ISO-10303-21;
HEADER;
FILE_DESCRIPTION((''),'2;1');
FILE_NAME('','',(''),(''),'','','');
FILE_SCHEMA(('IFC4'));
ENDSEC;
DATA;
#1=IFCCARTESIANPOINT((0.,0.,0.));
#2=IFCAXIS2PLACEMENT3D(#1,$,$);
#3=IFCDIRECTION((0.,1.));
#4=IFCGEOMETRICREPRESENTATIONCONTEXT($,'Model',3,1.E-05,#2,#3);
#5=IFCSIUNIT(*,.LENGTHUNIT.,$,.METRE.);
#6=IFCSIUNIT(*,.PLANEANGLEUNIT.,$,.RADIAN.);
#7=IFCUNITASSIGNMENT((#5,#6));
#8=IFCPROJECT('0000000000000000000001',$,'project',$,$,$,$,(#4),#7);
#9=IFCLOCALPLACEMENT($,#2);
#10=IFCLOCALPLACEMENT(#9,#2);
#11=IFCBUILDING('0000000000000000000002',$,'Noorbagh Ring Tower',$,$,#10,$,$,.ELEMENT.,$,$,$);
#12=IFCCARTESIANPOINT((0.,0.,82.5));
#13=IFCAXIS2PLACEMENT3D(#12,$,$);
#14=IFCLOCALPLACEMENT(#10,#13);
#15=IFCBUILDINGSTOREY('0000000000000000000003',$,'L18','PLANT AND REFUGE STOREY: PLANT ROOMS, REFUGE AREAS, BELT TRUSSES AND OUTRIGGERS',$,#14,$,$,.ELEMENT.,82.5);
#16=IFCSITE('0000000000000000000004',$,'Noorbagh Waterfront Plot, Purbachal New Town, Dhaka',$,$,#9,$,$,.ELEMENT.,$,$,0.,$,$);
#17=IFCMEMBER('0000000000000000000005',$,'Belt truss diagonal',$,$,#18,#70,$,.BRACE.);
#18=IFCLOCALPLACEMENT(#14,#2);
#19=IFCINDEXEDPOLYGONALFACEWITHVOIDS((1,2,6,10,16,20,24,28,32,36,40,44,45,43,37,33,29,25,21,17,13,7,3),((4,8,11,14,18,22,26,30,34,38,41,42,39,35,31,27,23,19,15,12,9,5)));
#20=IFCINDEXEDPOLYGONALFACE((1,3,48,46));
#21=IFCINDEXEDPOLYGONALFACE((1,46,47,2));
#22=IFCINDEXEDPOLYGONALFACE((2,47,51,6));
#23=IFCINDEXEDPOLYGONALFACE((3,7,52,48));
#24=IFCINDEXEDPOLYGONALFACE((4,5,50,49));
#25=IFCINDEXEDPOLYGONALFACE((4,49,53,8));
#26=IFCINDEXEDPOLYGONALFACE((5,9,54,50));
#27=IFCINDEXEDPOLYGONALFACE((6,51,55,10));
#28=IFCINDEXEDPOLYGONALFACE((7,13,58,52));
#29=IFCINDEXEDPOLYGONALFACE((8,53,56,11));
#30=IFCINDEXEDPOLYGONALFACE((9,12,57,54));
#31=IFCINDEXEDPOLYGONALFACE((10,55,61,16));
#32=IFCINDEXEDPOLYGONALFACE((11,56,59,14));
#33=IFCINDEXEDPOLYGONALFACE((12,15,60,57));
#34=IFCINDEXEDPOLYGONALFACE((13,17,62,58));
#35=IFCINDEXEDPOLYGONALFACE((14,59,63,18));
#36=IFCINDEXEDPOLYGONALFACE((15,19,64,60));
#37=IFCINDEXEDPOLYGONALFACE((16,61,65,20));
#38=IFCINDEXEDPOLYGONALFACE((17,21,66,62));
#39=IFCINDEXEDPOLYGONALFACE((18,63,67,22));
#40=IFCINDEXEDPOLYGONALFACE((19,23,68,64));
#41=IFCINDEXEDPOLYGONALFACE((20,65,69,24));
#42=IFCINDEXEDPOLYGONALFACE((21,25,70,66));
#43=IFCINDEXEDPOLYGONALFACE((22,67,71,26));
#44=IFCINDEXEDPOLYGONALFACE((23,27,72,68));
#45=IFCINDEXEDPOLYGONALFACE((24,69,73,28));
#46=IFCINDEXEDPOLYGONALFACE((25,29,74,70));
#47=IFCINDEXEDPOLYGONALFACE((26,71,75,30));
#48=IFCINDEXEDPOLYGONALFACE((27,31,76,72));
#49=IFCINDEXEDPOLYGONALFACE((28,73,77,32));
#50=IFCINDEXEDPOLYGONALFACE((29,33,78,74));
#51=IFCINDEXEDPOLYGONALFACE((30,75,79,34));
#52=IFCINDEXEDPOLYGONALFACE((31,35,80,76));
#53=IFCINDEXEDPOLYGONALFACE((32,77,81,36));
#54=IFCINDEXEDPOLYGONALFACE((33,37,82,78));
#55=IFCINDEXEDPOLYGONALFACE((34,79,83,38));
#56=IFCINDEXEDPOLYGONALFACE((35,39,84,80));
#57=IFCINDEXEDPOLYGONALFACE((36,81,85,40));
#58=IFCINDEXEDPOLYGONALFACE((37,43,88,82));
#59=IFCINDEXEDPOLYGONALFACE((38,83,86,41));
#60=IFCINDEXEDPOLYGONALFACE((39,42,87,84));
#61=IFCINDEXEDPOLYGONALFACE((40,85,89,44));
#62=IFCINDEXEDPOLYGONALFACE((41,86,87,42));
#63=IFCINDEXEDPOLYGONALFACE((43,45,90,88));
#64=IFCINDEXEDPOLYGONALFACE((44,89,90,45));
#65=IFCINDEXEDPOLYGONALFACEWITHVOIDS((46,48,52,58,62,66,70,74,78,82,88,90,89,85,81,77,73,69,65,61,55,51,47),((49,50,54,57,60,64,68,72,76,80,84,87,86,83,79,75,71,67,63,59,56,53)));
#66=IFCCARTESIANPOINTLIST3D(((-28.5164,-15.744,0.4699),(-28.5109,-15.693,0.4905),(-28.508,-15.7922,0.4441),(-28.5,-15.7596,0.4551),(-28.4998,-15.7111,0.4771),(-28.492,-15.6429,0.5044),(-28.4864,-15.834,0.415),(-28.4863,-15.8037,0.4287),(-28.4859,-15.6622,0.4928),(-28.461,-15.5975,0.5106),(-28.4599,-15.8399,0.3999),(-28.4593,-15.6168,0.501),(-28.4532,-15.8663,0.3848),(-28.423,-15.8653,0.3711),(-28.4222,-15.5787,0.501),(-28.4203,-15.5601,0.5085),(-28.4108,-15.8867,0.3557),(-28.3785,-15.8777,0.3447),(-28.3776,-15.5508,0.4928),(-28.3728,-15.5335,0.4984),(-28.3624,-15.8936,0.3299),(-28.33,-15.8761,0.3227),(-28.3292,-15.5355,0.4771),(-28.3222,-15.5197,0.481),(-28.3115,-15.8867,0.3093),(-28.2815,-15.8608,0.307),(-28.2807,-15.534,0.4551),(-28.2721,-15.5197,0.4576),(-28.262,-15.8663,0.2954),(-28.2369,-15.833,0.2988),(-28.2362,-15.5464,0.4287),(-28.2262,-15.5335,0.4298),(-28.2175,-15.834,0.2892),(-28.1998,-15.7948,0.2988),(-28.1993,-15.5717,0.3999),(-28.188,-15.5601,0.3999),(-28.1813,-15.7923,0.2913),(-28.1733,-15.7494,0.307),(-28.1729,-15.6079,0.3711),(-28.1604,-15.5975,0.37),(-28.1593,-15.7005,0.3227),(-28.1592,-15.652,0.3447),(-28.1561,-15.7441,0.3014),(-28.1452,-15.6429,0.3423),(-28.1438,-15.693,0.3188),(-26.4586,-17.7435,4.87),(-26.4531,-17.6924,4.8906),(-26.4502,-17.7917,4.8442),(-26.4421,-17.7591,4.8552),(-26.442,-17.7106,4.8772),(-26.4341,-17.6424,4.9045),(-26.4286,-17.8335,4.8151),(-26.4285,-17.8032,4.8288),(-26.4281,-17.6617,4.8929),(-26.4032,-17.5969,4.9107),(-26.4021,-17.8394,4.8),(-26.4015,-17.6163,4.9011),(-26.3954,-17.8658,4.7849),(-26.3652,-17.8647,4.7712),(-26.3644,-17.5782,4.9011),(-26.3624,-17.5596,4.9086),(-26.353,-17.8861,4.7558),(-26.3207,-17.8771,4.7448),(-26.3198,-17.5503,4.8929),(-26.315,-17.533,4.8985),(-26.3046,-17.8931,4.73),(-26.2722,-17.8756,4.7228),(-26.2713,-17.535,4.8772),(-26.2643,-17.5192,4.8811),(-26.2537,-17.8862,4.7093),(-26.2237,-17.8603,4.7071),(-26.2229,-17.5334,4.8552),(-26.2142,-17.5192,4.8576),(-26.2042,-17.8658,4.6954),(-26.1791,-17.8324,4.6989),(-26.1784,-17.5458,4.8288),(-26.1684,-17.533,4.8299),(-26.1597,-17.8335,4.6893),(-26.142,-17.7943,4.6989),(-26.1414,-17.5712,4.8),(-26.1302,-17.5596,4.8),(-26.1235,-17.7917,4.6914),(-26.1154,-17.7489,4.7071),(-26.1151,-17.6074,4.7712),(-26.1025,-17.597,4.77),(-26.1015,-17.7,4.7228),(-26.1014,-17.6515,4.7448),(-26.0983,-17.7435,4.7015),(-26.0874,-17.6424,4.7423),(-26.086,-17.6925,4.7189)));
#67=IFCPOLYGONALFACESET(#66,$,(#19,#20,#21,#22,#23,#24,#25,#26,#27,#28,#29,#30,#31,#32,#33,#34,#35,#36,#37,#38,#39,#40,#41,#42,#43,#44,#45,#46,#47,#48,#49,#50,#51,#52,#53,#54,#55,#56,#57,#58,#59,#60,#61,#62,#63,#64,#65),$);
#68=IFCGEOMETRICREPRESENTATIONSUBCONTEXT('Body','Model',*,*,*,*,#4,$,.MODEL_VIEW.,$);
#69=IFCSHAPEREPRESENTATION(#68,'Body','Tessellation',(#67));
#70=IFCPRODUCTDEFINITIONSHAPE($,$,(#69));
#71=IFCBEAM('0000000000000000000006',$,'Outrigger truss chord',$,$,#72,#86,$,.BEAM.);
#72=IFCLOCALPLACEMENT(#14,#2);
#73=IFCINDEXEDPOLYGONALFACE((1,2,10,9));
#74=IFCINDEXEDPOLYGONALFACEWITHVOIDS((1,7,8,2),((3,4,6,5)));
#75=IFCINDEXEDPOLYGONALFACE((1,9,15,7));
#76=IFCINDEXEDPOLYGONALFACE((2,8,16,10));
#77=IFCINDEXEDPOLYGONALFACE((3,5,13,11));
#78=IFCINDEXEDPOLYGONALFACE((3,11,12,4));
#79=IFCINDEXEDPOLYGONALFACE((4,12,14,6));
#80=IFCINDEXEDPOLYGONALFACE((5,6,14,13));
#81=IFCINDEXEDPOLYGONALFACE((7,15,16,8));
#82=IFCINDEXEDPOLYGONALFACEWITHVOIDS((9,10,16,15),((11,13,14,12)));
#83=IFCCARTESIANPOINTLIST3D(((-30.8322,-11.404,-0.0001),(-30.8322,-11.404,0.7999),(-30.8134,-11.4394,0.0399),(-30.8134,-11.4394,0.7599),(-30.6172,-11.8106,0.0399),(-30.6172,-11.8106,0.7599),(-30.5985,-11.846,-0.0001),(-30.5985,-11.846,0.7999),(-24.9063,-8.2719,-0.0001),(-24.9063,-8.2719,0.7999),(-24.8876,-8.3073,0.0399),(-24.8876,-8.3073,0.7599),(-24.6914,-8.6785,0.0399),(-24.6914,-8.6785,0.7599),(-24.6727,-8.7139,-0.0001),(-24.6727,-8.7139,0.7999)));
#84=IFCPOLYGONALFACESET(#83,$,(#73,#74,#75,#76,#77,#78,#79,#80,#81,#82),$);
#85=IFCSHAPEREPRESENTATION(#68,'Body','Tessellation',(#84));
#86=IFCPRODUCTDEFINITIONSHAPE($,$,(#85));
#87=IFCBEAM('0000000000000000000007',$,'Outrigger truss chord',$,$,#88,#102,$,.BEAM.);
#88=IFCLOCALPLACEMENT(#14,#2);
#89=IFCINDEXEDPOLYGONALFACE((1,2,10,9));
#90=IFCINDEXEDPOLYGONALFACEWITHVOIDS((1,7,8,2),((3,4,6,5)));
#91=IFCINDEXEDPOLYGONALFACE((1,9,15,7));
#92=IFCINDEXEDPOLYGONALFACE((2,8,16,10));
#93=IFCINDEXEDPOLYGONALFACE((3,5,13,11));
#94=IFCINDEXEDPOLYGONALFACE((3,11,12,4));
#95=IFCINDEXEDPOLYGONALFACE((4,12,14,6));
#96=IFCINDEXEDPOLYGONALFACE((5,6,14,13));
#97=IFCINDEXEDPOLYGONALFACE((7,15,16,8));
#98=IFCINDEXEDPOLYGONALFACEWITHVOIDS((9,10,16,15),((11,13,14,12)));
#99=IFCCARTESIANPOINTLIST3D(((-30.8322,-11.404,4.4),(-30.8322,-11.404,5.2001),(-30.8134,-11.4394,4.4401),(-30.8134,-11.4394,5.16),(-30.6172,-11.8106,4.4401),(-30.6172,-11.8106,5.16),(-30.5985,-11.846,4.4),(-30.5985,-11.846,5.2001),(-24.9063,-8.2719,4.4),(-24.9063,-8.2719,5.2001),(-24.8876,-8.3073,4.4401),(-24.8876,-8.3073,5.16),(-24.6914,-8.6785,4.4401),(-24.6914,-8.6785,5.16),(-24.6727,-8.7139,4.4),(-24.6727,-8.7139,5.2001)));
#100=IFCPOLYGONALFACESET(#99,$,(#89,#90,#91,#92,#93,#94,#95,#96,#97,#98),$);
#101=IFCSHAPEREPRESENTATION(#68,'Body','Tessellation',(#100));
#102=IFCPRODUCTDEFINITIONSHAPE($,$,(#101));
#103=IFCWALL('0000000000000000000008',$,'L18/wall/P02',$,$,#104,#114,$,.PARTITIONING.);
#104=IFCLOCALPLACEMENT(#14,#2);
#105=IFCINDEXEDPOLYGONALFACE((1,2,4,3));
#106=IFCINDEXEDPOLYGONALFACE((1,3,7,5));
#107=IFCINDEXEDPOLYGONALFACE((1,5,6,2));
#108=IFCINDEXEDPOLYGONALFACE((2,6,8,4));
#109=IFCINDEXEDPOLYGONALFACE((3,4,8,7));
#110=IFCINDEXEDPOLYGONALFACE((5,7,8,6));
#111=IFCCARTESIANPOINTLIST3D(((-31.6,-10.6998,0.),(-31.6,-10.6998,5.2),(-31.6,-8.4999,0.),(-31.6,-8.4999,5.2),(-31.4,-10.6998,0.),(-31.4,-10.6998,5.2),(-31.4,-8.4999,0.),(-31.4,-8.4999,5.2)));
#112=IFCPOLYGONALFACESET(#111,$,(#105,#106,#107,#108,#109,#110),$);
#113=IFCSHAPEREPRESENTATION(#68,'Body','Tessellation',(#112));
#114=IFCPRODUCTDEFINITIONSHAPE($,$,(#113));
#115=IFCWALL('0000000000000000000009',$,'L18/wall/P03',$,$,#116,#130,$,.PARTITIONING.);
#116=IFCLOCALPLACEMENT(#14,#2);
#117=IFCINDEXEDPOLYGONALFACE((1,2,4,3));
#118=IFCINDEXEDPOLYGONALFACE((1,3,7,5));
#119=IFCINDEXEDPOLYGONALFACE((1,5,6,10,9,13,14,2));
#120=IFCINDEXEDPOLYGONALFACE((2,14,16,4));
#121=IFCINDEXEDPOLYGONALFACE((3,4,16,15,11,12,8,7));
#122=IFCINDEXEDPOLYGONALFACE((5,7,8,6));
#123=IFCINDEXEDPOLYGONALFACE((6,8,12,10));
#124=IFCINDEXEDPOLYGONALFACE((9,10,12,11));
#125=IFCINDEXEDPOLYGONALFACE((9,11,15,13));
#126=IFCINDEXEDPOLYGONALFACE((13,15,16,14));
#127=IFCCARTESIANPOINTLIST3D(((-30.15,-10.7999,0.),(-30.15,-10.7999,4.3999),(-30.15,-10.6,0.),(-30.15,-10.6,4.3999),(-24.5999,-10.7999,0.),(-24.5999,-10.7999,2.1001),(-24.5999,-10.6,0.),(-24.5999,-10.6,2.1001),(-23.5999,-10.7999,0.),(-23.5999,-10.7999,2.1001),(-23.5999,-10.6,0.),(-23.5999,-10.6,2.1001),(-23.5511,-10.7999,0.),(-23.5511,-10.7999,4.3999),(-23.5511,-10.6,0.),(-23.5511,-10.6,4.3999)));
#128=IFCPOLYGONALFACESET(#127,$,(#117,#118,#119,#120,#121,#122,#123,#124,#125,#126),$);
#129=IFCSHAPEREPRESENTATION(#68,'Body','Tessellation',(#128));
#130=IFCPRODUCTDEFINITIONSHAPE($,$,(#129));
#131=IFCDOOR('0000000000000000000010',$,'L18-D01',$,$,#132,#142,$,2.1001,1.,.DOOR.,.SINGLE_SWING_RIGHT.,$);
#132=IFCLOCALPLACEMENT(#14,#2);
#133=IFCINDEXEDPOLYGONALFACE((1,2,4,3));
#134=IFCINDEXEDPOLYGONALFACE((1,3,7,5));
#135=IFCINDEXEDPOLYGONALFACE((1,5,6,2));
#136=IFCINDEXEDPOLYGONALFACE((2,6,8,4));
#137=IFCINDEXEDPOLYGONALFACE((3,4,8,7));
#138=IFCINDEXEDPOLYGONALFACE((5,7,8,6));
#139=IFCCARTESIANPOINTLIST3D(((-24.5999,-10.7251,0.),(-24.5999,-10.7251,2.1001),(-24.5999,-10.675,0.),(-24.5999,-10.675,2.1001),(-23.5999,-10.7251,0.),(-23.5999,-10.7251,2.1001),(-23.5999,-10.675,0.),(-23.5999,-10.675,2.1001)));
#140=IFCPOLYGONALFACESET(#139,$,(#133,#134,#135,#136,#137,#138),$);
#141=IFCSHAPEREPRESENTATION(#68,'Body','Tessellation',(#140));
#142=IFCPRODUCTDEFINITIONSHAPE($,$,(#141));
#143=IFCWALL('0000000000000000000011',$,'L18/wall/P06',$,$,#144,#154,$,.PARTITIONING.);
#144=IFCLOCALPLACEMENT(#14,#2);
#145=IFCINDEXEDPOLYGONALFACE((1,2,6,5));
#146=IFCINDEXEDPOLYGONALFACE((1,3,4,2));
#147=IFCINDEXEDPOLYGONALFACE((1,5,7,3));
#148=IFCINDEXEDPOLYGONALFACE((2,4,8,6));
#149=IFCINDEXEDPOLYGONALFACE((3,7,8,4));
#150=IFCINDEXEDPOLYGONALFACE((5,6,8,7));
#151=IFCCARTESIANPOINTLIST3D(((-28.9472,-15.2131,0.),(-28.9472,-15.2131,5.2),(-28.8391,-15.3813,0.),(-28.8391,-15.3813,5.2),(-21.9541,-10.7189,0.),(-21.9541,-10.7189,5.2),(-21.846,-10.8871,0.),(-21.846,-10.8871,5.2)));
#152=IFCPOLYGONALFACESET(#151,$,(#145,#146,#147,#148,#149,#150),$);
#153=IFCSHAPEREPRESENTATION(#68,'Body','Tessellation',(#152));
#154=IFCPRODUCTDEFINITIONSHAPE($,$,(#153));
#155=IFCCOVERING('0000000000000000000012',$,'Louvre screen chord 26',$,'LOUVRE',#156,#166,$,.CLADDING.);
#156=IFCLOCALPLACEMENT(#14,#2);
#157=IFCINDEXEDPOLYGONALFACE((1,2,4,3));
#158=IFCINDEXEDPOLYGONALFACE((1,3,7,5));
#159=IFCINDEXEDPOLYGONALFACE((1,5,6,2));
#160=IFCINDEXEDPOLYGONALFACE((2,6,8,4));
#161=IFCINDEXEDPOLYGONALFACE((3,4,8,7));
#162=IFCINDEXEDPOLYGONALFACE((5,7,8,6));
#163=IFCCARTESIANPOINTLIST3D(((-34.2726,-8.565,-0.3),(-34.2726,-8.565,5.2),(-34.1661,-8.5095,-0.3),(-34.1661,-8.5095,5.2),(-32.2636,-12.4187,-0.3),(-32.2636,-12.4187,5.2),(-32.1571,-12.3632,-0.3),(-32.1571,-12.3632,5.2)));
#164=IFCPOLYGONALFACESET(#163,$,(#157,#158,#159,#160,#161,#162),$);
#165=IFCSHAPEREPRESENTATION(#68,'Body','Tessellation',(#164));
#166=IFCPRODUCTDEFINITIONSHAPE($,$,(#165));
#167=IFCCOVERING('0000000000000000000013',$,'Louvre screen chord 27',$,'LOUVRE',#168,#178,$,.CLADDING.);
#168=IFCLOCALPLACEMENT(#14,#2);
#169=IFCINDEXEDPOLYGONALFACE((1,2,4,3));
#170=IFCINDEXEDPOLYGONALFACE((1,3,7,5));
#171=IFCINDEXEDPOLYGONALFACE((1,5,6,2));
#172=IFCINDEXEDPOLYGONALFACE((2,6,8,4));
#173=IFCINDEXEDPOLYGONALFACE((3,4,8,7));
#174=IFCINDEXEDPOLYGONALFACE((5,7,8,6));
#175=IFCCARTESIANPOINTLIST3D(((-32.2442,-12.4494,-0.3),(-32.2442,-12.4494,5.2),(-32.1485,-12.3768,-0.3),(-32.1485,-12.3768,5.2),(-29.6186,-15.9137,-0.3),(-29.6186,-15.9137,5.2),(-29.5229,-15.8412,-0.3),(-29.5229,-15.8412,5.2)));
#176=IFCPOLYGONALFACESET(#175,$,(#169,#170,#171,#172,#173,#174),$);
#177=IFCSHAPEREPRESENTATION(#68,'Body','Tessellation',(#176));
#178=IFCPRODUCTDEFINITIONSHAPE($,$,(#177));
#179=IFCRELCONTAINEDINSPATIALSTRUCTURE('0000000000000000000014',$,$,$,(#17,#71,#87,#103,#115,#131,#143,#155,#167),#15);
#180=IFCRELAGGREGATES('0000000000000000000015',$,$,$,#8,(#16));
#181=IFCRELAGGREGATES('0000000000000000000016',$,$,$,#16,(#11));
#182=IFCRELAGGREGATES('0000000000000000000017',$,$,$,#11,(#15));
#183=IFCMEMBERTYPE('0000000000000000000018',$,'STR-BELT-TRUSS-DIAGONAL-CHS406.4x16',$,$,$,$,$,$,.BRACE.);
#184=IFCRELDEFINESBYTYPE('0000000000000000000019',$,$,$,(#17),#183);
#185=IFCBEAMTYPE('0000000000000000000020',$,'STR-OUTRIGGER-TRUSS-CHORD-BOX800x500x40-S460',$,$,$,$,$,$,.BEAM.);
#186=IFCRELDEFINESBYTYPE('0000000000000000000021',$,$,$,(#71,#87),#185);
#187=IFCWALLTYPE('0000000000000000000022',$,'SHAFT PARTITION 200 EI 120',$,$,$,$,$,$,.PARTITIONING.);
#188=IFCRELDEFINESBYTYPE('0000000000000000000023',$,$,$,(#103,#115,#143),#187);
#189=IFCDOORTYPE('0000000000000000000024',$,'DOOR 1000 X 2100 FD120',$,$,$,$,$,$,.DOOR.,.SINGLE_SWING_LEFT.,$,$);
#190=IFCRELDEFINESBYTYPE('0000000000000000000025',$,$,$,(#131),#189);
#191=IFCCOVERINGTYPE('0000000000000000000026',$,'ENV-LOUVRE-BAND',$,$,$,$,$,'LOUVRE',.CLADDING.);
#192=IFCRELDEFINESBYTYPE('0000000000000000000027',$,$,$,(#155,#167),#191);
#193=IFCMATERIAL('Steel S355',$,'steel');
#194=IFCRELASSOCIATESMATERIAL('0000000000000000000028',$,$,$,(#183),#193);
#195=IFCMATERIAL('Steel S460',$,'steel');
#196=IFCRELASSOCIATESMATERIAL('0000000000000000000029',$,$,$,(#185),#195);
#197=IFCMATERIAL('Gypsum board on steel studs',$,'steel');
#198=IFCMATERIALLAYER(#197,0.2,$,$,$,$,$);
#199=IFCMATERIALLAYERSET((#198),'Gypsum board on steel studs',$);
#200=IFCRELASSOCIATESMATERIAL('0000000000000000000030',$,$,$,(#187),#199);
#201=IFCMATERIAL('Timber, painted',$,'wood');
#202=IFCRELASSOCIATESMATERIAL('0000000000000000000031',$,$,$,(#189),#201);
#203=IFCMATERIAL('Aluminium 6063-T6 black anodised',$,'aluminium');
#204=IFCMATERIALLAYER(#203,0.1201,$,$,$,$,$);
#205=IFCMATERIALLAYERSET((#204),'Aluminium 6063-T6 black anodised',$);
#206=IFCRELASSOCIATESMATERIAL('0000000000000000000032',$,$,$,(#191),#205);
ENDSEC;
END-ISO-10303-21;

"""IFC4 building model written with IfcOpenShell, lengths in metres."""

from ifc_helpers import new_model, si_unit, direction, frame, frame_2d, origin, origin_2d, place, context, subcontext, project, spatial, rectangle, hollow_rectangle, hollow_circle, extrude, material, layer, layer_set, material_profile, profile_set, type_object, element, fill, save


model = new_model("IFC4")

# Units and contexts
model_context = context("Model", 3, precision=1e-05, world=origin(), true_north=direction((0.0, 1.0)))
body_context = subcontext(model_context, "Body", "Model", "MODEL_VIEW")
ifc_project = project(units=[si_unit("LENGTHUNIT", "METRE"), si_unit("PLANEANGLEUNIT", "RADIAN")], contexts=[model_context])

# Site, building, storey
site_placement = place(None, origin())
site = spatial("IfcSite", under=ifc_project, at=site_placement, Name="Noorbagh Waterfront Plot, Purbachal New Town, Dhaka", CompositionType="ELEMENT", RefElevation=0.0)
building_placement = place(site_placement, origin())
building = spatial("IfcBuilding", under=site, at=building_placement, Name="Noorbagh Ring Tower", CompositionType="ELEMENT")
storey_placement = place(building_placement, frame((0.0, 0.0, 82.5)))
storey = spatial("IfcBuildingStorey", under=building, at=storey_placement, Name="L18", Description="PLANT AND REFUGE STOREY: PLANT ROOMS, REFUGE AREAS, BELT TRUSSES AND OUTRIGGERS", CompositionType="ELEMENT", Elevation=82.5)

# Member
ifc_material_1 = material(Name="Steel S355", Category="steel")
ifc_material_profile_1 = material_profile(ifc_material_1, hollow_circle(Radius=0.2031, WallThickness=0.0161, at=origin_2d()), Name="CHS406.4x16")
ifc_profile_set_1 = profile_set([ifc_material_profile_1], Name="Steel S355")
member_type = type_object("IfcMemberType", Name="STR-BELT-TRUSS-DIAGONAL-CHS406.4x16", PredefinedType="BRACE", material=ifc_profile_set_1)
member_1_placement = place(storey_placement, frame((-28.3296, -15.7058, 0.3999), z_axis=(0.391749, -0.380641, 0.837643), x_axis=(0.696866, 0.717202, 0.0)))
element("IfcMember", 1, at=member_1_placement, inside=storey, type_object=member_type, Name="Belt truss diagonal", PredefinedType="BRACE", context=body_context, shape_type="SweptSolid", body=[
    extrude(hollow_circle(Radius=0.2031, WallThickness=0.0161, at=origin_2d()), origin(), (0.0, 0.0, 1.0), 5.2529),
])

# Beams
ifc_material_2 = material(Name="Steel S460", Category="steel")
ifc_material_profile_2 = material_profile(ifc_material_2, hollow_rectangle(XDim=0.5, YDim=0.8, WallThickness=0.04, at=origin_2d()), Name="BOX800x500x40")
ifc_profile_set_2 = profile_set([ifc_material_profile_2], Name="Steel S460")
beam_type_1 = type_object("IfcBeamType", Name="STR-OUTRIGGER-TRUSS-CHORD-BOX800x500x40-S460", PredefinedType="BEAM", material=ifc_profile_set_2)
for number, where, z_axis, x_axis, name in (
    (2, (-30.7153, -11.625, 0.3999), (0.884102, 0.467293, 0.0), (-0.467293, 0.884102, 0.0), "Outrigger truss chord"),
    (3, (-30.7153, -11.625, 4.8), (0.884102, 0.467293, 0.0), (-0.467293, 0.884102, 0.0), "Outrigger truss chord"),
):
    element("IfcBeam", number, at=place(storey_placement, frame(where, z_axis=z_axis, x_axis=x_axis)), inside=storey, type_object=beam_type_1, Name=name, PredefinedType="BEAM", context=body_context, shape_type="SweptSolid", body=[
        extrude(hollow_rectangle(XDim=0.5, YDim=0.8, WallThickness=0.04, at=origin_2d()), origin(), (0.0, 0.0, 1.0), 6.7026),
    ])

# Wall
ifc_material_3 = material(Name="Gypsum board on steel studs", Category="steel")
ifc_layer_1 = layer(ifc_material_3, 0.2)
ifc_layer_set_1 = layer_set([ifc_layer_1], Name="Gypsum board on steel studs")
wall_type = type_object("IfcWallType", Name="SHAFT PARTITION 200 EI 120", PredefinedType="PARTITIONING", material=ifc_layer_set_1)
wall_1_placement = place(storey_placement, frame((-31.5, -10.7, 0.0), z_axis=(0.0, 0.0, 1.0), x_axis=(0.0, 1.0, 0.0)))
element("IfcWall", 4, at=wall_1_placement, inside=storey, type_object=wall_type, Name="L18/wall/P02", PredefinedType="PARTITIONING", context=body_context, shape_type="SweptSolid", body=[
    extrude(rectangle(XDim=2.2, YDim=0.2, at=frame_2d((1.1001, 0.0))), origin(), (0.0, 0.0, 1.0), 5.2),
])

# Wall, opening, door
wall_2_placement = place(storey_placement, frame((-30.1499, -10.7, 0.0), z_axis=(0.0, 0.0, 1.0), x_axis=(1.0, 0.0, 0.0)))
wall_2 = element("IfcWall", 5, at=wall_2_placement, inside=storey, type_object=wall_type, Name="L18/wall/P03", PredefinedType="PARTITIONING", context=body_context, shape_type="SweptSolid", body=[
    extrude(rectangle(XDim=6.5989, YDim=0.2, at=frame_2d((3.2993, 0.0))), origin(), (0.0, 0.0, 1.0), 4.3999),
])
opening_placement = place(wall_2_placement, frame((5.55, 0.0, 0.0)))
opening = element("IfcOpeningElement", 6, at=opening_placement, cuts=wall_2, PredefinedType="OPENING", context=body_context, shape_type="SweptSolid", body=[
    extrude(rectangle(XDim=1.0, YDim=2.1001, at=frame_2d((0.5, 1.05))), frame((0.0, 0.1099, 0.0), z_axis=(0.0, -1.0, 0.0), x_axis=(1.0, 0.0, 0.0)), (0.0, 0.0, 1.0), 0.22),
])
ifc_material_4 = material(Name="Timber, painted", Category="wood")
door_type = type_object("IfcDoorType", Name="DOOR 1000 X 2100 FD120", OperationType="SINGLE_SWING_LEFT", PredefinedType="DOOR", material=ifc_material_4)
door_placement = place(opening_placement, origin())
door = element("IfcDoor", 7, at=door_placement, inside=storey, type_object=door_type, Name="L18-D01", OperationType="SINGLE_SWING_RIGHT", OverallHeight=2.1001, OverallWidth=1.0, PredefinedType="DOOR", context=body_context, shape_type="SweptSolid", body=[
    extrude(rectangle(XDim=1.0, YDim=2.1001, at=frame_2d((0.5, 1.05))), frame((0.0, 0.0249, 0.0), z_axis=(0.0, -1.0, 0.0), x_axis=(1.0, 0.0, 0.0)), (0.0, 0.0, 1.0), 0.05),
])
fill(opening, door)

# Wall
wall_3_placement = place(storey_placement, frame((-28.8931, -15.2971, 0.0), z_axis=(0.0, 0.0, 1.0), x_axis=(0.841259, 0.540633, 0.0)))
element("IfcWall", 8, at=wall_3_placement, inside=storey, type_object=wall_type, Name="L18/wall/P06", PredefinedType="PARTITIONING", context=body_context, shape_type="SweptSolid", body=[
    extrude(rectangle(XDim=8.3127, YDim=0.2, at=frame_2d((4.1562, 0.0))), origin(), (0.0, 0.0, 1.0), 5.2),
])

# Coverings
ifc_material_5 = material(Name="Aluminium 6063-T6 black anodised", Category="aluminium")
ifc_layer_2 = layer(ifc_material_5, 0.1201)
ifc_layer_set_2 = layer_set([ifc_layer_2], Name="Aluminium 6063-T6 black anodised")
covering_type_1 = type_object("IfcCoveringType", Name="ENV-LOUVRE-BAND", ElementType="LOUVRE", PredefinedType="CLADDING", material=ifc_layer_set_2)
covering_1_placement = place(storey_placement, frame((-33.2148, -10.4641, -0.3), z_axis=(0.0, 0.0, 1.0), x_axis=(0.462278, -0.886735, 0.0)))
element("IfcCovering", 9, at=covering_1_placement, inside=storey, type_object=covering_type_1, Name="Louvre screen chord 26", ObjectType="LOUVRE", PredefinedType="CLADDING", context=body_context, shape_type="SweptSolid", body=[
    extrude(rectangle(XDim=4.3459, YDim=0.1201, at=origin_2d()), origin(), (0.0, 0.0, 1.0), 5.5),
])
covering_2_placement = place(storey_placement, frame((-30.8835, -14.1453, -0.3), z_axis=(0.0, 0.0, 1.0), x_axis=(0.60402, -0.796969, 0.0)))
element("IfcCovering", 10, at=covering_2_placement, inside=storey, type_object=covering_type_1, Name="Louvre screen chord 27", ObjectType="LOUVRE", PredefinedType="CLADDING", context=body_context, shape_type="SweptSolid", body=[
    extrude(rectangle(XDim=4.3469, YDim=0.1201, at=origin_2d()), origin(), (0.0, 0.0, 1.0), 5.5),
])

save(model, "model.ifc")
